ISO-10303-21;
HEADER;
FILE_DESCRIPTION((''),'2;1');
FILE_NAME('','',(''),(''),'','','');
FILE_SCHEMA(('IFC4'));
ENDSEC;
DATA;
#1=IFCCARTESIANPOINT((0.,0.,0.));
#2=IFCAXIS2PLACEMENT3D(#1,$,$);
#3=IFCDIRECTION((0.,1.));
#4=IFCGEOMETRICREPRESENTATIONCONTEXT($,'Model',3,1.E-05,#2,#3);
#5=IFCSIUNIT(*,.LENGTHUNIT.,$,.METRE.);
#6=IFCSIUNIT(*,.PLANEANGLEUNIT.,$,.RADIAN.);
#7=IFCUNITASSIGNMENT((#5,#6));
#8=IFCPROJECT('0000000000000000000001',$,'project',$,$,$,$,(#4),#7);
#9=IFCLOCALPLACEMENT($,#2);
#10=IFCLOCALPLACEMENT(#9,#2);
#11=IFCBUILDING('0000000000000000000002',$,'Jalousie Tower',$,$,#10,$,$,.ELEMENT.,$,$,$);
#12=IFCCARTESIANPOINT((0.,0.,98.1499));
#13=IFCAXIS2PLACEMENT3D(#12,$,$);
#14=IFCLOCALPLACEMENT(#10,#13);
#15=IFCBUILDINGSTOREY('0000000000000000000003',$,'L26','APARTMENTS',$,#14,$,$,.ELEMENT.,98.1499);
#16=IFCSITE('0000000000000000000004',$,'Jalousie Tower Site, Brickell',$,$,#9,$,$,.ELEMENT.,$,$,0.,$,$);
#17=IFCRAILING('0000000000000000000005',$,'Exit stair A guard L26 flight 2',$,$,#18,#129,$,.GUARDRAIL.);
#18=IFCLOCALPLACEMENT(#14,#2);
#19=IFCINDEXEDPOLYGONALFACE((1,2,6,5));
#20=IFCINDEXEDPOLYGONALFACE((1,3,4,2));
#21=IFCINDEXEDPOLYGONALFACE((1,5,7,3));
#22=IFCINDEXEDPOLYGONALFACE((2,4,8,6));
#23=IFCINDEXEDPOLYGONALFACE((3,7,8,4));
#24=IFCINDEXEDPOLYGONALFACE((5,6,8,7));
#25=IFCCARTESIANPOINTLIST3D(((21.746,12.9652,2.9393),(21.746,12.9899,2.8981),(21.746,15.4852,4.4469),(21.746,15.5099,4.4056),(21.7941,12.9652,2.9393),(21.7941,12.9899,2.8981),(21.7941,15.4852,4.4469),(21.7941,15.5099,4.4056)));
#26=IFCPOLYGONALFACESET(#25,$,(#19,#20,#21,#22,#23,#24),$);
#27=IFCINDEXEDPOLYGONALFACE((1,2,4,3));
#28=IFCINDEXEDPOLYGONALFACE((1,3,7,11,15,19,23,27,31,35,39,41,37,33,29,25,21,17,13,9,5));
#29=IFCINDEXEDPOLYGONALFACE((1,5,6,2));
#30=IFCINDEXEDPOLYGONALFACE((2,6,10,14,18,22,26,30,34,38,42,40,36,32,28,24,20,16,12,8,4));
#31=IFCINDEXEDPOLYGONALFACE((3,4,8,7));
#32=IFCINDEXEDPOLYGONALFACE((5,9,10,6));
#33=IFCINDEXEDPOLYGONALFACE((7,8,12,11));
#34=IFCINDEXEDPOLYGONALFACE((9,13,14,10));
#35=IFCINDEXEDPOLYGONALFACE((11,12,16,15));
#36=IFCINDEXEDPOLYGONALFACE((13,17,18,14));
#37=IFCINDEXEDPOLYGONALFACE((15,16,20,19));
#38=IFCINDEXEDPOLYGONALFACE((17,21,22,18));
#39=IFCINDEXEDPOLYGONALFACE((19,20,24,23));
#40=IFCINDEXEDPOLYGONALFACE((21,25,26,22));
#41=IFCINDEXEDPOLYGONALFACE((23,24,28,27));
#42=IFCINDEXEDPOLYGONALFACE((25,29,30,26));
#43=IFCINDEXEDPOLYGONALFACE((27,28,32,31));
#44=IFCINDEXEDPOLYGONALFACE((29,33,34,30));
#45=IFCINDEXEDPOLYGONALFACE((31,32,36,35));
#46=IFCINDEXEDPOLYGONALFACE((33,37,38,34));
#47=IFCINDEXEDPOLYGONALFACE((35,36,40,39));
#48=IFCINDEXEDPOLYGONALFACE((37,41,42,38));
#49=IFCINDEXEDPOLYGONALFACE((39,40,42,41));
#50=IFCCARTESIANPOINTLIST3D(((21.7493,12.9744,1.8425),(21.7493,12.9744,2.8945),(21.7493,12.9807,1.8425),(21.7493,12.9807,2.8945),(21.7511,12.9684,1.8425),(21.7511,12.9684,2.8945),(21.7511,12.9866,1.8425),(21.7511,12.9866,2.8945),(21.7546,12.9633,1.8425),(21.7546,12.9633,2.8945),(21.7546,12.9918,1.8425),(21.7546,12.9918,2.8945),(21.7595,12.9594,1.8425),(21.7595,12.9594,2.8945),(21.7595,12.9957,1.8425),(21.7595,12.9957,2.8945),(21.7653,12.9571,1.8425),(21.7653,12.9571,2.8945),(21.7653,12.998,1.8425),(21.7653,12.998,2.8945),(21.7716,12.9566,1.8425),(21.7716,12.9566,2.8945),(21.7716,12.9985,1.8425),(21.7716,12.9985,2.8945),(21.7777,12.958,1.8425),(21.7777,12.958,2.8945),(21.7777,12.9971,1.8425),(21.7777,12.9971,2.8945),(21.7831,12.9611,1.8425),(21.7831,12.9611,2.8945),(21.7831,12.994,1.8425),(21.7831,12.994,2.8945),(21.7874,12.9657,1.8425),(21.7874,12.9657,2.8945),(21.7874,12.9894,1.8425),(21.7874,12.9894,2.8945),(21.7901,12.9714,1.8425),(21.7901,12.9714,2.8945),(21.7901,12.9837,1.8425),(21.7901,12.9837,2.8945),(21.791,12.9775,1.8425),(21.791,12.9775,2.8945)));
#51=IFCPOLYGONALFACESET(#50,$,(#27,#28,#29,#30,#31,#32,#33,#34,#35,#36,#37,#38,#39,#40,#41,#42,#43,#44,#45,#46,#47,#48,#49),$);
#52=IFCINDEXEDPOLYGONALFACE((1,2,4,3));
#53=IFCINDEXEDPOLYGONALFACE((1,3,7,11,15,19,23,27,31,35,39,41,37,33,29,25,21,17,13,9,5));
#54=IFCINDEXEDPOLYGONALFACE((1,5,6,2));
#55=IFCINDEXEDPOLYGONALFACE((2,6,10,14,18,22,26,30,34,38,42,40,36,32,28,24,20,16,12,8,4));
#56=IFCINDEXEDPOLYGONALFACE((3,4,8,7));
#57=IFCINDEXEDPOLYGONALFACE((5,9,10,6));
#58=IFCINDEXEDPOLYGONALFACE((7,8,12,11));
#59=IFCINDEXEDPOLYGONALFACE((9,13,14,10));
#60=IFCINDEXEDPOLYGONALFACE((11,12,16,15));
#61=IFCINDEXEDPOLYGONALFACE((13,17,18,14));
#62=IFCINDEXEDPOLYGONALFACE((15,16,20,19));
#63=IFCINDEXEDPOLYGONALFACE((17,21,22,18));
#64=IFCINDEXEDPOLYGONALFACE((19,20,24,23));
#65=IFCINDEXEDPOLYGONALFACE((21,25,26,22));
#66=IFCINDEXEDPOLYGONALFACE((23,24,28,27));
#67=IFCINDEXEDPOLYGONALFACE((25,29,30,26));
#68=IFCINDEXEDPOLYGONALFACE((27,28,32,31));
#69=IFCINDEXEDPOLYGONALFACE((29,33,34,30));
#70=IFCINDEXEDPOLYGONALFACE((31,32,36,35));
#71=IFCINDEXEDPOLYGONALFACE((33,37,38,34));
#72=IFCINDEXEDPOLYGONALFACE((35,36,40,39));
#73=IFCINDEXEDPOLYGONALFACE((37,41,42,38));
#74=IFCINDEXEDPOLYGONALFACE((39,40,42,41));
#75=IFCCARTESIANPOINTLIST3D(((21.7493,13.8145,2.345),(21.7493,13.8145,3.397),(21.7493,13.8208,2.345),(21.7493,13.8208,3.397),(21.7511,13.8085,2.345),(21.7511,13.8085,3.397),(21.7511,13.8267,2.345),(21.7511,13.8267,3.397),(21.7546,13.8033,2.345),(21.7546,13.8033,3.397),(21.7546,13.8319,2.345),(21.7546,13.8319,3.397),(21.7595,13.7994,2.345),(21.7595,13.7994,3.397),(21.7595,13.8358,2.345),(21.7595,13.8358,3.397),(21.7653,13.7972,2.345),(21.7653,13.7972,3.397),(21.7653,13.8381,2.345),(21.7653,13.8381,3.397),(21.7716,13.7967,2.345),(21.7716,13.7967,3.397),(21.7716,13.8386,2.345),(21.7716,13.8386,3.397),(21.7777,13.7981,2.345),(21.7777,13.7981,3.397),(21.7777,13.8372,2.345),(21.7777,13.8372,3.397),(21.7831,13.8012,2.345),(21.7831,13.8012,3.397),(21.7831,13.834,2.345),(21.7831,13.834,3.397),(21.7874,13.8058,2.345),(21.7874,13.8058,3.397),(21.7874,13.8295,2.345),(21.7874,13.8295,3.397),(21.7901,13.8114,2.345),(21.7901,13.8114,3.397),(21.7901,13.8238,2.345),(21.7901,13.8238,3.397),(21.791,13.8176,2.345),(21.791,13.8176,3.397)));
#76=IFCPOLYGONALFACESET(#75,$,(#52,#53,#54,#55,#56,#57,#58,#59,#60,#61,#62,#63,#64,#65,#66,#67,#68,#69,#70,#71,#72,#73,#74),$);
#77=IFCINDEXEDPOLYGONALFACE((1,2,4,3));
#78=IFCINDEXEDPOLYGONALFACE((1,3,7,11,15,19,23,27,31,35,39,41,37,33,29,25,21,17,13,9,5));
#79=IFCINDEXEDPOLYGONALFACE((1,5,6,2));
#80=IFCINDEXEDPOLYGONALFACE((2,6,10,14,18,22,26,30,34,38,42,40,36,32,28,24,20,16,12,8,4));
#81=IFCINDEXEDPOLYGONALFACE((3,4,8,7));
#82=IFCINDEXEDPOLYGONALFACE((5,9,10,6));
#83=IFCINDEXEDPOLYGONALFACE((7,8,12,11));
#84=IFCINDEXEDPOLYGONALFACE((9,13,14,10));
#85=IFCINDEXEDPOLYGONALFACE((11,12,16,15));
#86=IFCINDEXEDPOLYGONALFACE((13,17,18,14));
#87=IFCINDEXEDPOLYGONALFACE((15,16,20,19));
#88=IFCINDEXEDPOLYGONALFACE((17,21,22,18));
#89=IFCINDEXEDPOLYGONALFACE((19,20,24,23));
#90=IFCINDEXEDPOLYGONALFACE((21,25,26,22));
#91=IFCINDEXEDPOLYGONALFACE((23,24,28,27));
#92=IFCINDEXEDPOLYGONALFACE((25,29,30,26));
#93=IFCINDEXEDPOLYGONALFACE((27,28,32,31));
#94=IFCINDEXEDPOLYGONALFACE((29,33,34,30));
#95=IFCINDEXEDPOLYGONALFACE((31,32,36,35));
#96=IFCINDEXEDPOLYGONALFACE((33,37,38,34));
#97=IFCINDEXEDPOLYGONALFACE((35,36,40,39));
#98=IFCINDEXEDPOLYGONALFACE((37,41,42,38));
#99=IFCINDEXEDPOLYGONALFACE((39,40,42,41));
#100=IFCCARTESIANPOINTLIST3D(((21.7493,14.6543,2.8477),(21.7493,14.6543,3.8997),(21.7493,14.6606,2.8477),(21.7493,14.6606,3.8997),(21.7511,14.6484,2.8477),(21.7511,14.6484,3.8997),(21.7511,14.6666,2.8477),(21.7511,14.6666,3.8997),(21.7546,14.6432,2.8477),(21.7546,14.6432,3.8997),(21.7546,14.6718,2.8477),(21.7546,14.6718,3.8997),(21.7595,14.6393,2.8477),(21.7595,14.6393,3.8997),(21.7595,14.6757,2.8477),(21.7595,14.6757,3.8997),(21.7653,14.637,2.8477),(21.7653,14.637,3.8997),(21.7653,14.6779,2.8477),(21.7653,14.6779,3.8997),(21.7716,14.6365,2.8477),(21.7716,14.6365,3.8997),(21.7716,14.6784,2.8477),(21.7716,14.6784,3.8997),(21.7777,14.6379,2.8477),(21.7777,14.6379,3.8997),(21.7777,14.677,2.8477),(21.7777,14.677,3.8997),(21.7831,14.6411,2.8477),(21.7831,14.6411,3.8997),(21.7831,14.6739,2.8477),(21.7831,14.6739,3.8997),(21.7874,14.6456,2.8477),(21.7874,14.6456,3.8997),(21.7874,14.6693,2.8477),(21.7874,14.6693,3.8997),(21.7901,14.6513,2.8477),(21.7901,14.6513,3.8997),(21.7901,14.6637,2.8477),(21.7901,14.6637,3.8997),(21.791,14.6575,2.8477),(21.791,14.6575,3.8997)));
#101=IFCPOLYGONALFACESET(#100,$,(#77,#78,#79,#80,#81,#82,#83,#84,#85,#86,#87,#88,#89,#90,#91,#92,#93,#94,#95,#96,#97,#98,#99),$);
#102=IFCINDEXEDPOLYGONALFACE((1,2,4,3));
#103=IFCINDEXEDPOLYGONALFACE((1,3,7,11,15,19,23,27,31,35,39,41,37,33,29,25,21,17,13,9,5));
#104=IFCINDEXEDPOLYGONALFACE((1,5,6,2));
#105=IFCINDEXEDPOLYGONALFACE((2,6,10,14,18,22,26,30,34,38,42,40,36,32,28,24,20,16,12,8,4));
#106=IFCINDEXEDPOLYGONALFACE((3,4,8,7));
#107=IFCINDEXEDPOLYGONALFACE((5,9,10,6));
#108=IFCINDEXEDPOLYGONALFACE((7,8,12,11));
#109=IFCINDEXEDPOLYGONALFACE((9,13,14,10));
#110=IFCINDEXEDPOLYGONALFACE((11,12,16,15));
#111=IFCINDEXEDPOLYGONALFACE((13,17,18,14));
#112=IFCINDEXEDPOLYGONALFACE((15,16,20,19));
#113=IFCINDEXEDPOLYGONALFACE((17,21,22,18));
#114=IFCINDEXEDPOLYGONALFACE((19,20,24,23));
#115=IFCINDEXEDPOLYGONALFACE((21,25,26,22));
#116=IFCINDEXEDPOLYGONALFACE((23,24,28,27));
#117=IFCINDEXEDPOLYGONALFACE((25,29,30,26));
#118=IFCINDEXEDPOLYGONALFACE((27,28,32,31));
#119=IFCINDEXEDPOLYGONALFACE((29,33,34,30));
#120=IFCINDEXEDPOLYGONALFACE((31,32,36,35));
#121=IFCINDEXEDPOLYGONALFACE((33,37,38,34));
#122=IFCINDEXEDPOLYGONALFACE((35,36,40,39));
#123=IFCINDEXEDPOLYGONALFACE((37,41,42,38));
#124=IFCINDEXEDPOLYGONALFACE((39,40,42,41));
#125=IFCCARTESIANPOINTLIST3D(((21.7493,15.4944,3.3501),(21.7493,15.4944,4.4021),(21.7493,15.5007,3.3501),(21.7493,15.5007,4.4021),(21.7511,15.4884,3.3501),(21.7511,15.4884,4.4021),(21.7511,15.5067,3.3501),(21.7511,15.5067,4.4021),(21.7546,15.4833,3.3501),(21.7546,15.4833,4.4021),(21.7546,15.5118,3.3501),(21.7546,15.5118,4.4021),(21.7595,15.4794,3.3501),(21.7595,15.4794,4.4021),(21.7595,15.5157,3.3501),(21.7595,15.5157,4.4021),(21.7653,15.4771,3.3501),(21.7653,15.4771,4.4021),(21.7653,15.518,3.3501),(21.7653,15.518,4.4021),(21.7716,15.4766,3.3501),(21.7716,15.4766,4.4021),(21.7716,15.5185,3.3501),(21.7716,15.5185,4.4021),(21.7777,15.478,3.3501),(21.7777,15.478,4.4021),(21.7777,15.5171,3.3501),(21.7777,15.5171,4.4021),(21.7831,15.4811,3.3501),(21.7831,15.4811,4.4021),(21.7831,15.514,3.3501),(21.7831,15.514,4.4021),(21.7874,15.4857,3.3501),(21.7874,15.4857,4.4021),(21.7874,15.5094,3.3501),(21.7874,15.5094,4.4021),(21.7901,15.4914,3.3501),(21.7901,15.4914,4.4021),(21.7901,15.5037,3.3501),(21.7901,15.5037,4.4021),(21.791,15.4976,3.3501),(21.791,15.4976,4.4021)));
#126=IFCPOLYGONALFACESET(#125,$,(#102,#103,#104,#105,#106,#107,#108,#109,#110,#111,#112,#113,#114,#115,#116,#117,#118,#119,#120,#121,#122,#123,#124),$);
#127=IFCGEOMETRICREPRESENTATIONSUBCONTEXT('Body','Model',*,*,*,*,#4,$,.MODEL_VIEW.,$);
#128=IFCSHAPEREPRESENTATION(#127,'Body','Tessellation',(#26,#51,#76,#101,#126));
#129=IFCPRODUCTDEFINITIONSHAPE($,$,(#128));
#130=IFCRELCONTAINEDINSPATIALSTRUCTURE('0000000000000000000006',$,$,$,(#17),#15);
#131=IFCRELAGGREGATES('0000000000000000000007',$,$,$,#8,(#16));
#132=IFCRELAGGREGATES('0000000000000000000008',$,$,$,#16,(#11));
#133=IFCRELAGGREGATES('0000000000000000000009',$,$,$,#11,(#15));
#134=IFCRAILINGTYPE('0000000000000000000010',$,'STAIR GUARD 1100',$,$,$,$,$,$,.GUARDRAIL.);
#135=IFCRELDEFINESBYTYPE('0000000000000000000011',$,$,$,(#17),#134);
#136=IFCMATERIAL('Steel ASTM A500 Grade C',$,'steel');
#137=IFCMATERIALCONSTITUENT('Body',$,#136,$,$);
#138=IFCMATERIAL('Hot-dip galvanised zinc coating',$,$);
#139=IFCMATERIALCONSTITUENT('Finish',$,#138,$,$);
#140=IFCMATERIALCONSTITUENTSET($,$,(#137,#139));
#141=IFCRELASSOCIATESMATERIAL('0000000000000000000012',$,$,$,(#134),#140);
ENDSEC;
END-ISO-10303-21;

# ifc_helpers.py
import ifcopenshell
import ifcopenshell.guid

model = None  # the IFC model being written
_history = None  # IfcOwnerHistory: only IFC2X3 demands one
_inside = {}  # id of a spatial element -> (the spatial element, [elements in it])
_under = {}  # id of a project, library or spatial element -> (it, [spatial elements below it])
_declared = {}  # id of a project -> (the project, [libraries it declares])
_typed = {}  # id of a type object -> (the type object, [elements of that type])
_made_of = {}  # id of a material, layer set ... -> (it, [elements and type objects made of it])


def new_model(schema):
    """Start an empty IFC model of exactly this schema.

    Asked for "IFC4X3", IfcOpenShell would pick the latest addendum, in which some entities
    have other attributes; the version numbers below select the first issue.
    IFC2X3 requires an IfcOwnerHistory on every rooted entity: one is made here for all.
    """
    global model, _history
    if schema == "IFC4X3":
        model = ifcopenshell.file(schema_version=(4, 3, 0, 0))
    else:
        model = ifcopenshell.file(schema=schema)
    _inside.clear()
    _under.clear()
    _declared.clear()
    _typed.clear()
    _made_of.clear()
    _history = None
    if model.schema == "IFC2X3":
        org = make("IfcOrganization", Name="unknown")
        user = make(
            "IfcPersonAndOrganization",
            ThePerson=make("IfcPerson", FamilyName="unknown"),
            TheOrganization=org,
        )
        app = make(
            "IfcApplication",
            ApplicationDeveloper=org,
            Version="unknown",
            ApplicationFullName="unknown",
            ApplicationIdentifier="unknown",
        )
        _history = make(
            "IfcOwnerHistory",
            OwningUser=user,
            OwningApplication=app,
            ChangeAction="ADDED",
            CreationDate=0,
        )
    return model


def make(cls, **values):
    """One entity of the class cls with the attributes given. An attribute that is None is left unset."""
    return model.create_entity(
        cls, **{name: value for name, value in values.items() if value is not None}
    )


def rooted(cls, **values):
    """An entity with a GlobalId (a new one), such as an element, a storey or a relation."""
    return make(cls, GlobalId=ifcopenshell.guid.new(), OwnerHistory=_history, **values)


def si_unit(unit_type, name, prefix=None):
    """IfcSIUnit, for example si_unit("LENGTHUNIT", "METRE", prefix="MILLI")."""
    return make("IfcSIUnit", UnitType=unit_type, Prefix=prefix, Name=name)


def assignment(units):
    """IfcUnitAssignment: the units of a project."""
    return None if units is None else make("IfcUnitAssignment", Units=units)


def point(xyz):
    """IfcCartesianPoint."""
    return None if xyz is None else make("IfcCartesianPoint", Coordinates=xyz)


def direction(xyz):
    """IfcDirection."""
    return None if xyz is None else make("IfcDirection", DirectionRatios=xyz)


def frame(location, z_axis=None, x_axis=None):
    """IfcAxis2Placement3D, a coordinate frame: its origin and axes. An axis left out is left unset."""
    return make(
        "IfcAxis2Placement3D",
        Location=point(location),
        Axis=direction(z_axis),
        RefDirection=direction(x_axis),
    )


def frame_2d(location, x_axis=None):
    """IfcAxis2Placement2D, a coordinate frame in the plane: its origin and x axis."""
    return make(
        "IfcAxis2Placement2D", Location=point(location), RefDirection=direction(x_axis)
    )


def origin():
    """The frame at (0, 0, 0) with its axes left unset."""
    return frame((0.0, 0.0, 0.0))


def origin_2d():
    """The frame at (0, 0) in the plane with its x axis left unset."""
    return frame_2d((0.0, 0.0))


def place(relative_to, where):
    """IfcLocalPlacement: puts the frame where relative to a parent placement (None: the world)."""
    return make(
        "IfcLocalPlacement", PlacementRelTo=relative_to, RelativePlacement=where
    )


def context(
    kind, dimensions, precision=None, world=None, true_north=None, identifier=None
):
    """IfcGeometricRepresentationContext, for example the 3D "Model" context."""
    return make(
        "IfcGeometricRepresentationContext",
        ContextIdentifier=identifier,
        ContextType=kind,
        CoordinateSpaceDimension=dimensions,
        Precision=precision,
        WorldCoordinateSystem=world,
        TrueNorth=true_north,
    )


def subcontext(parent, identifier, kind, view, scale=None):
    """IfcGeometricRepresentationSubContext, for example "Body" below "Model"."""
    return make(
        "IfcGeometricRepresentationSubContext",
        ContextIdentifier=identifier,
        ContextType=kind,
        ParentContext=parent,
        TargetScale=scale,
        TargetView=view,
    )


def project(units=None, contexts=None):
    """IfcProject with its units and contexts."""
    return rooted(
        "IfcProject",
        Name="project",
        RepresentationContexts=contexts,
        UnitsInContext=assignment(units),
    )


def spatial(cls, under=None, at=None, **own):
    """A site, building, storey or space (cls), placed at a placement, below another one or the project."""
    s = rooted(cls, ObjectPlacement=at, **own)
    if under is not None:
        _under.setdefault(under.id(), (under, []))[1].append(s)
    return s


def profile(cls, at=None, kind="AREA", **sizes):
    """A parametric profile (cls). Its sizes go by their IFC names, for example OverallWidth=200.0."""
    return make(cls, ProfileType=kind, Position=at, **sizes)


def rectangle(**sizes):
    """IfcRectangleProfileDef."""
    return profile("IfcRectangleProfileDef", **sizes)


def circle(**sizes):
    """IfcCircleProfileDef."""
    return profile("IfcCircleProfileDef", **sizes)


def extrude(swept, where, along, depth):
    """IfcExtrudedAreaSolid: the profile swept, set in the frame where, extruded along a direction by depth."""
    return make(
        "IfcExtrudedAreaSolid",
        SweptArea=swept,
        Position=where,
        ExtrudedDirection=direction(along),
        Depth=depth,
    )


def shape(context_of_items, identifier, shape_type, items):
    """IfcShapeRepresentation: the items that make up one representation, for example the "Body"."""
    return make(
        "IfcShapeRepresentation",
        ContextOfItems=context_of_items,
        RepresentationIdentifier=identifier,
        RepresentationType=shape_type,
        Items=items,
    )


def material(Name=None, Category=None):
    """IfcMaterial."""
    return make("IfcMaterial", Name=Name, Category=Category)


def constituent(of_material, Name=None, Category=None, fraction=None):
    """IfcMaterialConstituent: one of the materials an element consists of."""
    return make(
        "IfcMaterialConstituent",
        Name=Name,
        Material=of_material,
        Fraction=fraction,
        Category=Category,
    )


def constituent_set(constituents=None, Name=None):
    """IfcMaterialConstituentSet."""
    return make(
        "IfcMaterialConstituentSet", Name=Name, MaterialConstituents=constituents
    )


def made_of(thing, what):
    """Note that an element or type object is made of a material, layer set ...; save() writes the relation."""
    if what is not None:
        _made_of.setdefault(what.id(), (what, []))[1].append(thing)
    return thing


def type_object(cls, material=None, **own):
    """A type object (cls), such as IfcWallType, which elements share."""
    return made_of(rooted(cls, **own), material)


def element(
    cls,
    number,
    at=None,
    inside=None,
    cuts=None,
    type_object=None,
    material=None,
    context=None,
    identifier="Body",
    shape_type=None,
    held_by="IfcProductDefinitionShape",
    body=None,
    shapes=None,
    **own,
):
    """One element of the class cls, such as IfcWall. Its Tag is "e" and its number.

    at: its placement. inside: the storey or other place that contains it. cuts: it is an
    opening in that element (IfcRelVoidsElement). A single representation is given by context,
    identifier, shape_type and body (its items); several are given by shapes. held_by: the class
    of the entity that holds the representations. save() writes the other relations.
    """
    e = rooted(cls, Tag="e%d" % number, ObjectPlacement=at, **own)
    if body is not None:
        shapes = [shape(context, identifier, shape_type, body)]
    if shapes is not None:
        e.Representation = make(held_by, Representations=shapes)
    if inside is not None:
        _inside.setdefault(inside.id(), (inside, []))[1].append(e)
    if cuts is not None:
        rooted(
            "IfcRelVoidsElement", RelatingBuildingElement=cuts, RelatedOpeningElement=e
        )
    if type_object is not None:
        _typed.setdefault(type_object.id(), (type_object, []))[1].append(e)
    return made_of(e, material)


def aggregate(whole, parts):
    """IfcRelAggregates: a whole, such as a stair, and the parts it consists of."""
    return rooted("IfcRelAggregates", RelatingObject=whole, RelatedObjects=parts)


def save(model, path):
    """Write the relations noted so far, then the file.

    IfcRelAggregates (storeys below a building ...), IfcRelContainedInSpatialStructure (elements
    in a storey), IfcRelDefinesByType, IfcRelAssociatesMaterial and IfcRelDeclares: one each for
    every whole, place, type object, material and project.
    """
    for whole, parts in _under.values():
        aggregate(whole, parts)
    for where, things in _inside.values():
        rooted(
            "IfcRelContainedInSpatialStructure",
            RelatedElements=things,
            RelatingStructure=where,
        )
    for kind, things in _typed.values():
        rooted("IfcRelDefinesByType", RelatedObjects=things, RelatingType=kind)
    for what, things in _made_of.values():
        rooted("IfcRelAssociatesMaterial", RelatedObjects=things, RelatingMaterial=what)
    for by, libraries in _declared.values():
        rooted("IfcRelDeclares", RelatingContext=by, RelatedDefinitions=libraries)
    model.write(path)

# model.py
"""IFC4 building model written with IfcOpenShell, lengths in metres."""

from ifc_helpers import new_model, si_unit, direction, frame, origin, origin_2d, place, context, subcontext, project, spatial, rectangle, circle, extrude, material, constituent, constituent_set, type_object, element, save


model = new_model("IFC4")

# Units and contexts
model_context = context("Model", 3, precision=1e-05, world=origin(), true_north=direction((0.0, 1.0)))
body_context = subcontext(model_context, "Body", "Model", "MODEL_VIEW")
ifc_project = project(units=[si_unit("LENGTHUNIT", "METRE"), si_unit("PLANEANGLEUNIT", "RADIAN")], contexts=[model_context])

# Site, building, storey
site_placement = place(None, origin())
site = spatial("IfcSite", under=ifc_project, at=site_placement, Name="Jalousie Tower Site, Brickell", CompositionType="ELEMENT", RefElevation=0.0)
building_placement = place(site_placement, origin())
building = spatial("IfcBuilding", under=site, at=building_placement, Name="Jalousie Tower", CompositionType="ELEMENT")
storey_placement = place(building_placement, frame((0.0, 0.0, 98.1499)))
storey = spatial("IfcBuildingStorey", under=building, at=storey_placement, Name="L26", Description="APARTMENTS", CompositionType="ELEMENT", Elevation=98.1499)

# Railing
ifc_material_1 = material(Name="Steel ASTM A500 Grade C", Category="steel")
ifc_constituent_1 = constituent(ifc_material_1, Name="Body")
ifc_material_2 = material(Name="Hot-dip galvanised zinc coating")
ifc_constituent_2 = constituent(ifc_material_2, Name="Finish")
ifc_constituent_set_1 = constituent_set(constituents=[ifc_constituent_1, ifc_constituent_2])
railing_type_1 = type_object("IfcRailingType", Name="STAIR GUARD 1100", PredefinedType="GUARDRAIL", material=ifc_constituent_set_1)
railing_1_placement = place(storey_placement, frame((21.77, 12.9775, 1.8425)))
element("IfcRailing", 1, at=railing_1_placement, inside=storey, type_object=railing_type_1, Name="Exit stair A guard L26 flight 2", PredefinedType="GUARDRAIL", context=body_context, shape_type="SweptSolid", body=[
    extrude(rectangle(XDim=0.0481, YDim=0.0481, at=origin_2d()), frame((0.0, 0.0, 1.0762), z_axis=(0.0, 0.85816, 0.513383), x_axis=(-1.0, 0.0, 0.0)), (0.0, 0.0, 1.0), 2.9365),
    extrude(circle(Radius=0.021, at=origin_2d()), origin(), (0.0, 0.0, 1.0), 1.052),
    extrude(circle(Radius=0.021, at=origin_2d()), frame((0.0, 0.8401, 0.5024)), (0.0, 0.0, 1.0), 1.052),
    extrude(circle(Radius=0.021, at=origin_2d()), frame((0.0, 1.6799, 1.0051)), (0.0, 0.0, 1.0), 1.052),
    extrude(circle(Radius=0.021, at=origin_2d()), frame((0.0, 2.52, 1.5076)), (0.0, 0.0, 1.0), 1.052),
])

save(model, "model.ifc")
